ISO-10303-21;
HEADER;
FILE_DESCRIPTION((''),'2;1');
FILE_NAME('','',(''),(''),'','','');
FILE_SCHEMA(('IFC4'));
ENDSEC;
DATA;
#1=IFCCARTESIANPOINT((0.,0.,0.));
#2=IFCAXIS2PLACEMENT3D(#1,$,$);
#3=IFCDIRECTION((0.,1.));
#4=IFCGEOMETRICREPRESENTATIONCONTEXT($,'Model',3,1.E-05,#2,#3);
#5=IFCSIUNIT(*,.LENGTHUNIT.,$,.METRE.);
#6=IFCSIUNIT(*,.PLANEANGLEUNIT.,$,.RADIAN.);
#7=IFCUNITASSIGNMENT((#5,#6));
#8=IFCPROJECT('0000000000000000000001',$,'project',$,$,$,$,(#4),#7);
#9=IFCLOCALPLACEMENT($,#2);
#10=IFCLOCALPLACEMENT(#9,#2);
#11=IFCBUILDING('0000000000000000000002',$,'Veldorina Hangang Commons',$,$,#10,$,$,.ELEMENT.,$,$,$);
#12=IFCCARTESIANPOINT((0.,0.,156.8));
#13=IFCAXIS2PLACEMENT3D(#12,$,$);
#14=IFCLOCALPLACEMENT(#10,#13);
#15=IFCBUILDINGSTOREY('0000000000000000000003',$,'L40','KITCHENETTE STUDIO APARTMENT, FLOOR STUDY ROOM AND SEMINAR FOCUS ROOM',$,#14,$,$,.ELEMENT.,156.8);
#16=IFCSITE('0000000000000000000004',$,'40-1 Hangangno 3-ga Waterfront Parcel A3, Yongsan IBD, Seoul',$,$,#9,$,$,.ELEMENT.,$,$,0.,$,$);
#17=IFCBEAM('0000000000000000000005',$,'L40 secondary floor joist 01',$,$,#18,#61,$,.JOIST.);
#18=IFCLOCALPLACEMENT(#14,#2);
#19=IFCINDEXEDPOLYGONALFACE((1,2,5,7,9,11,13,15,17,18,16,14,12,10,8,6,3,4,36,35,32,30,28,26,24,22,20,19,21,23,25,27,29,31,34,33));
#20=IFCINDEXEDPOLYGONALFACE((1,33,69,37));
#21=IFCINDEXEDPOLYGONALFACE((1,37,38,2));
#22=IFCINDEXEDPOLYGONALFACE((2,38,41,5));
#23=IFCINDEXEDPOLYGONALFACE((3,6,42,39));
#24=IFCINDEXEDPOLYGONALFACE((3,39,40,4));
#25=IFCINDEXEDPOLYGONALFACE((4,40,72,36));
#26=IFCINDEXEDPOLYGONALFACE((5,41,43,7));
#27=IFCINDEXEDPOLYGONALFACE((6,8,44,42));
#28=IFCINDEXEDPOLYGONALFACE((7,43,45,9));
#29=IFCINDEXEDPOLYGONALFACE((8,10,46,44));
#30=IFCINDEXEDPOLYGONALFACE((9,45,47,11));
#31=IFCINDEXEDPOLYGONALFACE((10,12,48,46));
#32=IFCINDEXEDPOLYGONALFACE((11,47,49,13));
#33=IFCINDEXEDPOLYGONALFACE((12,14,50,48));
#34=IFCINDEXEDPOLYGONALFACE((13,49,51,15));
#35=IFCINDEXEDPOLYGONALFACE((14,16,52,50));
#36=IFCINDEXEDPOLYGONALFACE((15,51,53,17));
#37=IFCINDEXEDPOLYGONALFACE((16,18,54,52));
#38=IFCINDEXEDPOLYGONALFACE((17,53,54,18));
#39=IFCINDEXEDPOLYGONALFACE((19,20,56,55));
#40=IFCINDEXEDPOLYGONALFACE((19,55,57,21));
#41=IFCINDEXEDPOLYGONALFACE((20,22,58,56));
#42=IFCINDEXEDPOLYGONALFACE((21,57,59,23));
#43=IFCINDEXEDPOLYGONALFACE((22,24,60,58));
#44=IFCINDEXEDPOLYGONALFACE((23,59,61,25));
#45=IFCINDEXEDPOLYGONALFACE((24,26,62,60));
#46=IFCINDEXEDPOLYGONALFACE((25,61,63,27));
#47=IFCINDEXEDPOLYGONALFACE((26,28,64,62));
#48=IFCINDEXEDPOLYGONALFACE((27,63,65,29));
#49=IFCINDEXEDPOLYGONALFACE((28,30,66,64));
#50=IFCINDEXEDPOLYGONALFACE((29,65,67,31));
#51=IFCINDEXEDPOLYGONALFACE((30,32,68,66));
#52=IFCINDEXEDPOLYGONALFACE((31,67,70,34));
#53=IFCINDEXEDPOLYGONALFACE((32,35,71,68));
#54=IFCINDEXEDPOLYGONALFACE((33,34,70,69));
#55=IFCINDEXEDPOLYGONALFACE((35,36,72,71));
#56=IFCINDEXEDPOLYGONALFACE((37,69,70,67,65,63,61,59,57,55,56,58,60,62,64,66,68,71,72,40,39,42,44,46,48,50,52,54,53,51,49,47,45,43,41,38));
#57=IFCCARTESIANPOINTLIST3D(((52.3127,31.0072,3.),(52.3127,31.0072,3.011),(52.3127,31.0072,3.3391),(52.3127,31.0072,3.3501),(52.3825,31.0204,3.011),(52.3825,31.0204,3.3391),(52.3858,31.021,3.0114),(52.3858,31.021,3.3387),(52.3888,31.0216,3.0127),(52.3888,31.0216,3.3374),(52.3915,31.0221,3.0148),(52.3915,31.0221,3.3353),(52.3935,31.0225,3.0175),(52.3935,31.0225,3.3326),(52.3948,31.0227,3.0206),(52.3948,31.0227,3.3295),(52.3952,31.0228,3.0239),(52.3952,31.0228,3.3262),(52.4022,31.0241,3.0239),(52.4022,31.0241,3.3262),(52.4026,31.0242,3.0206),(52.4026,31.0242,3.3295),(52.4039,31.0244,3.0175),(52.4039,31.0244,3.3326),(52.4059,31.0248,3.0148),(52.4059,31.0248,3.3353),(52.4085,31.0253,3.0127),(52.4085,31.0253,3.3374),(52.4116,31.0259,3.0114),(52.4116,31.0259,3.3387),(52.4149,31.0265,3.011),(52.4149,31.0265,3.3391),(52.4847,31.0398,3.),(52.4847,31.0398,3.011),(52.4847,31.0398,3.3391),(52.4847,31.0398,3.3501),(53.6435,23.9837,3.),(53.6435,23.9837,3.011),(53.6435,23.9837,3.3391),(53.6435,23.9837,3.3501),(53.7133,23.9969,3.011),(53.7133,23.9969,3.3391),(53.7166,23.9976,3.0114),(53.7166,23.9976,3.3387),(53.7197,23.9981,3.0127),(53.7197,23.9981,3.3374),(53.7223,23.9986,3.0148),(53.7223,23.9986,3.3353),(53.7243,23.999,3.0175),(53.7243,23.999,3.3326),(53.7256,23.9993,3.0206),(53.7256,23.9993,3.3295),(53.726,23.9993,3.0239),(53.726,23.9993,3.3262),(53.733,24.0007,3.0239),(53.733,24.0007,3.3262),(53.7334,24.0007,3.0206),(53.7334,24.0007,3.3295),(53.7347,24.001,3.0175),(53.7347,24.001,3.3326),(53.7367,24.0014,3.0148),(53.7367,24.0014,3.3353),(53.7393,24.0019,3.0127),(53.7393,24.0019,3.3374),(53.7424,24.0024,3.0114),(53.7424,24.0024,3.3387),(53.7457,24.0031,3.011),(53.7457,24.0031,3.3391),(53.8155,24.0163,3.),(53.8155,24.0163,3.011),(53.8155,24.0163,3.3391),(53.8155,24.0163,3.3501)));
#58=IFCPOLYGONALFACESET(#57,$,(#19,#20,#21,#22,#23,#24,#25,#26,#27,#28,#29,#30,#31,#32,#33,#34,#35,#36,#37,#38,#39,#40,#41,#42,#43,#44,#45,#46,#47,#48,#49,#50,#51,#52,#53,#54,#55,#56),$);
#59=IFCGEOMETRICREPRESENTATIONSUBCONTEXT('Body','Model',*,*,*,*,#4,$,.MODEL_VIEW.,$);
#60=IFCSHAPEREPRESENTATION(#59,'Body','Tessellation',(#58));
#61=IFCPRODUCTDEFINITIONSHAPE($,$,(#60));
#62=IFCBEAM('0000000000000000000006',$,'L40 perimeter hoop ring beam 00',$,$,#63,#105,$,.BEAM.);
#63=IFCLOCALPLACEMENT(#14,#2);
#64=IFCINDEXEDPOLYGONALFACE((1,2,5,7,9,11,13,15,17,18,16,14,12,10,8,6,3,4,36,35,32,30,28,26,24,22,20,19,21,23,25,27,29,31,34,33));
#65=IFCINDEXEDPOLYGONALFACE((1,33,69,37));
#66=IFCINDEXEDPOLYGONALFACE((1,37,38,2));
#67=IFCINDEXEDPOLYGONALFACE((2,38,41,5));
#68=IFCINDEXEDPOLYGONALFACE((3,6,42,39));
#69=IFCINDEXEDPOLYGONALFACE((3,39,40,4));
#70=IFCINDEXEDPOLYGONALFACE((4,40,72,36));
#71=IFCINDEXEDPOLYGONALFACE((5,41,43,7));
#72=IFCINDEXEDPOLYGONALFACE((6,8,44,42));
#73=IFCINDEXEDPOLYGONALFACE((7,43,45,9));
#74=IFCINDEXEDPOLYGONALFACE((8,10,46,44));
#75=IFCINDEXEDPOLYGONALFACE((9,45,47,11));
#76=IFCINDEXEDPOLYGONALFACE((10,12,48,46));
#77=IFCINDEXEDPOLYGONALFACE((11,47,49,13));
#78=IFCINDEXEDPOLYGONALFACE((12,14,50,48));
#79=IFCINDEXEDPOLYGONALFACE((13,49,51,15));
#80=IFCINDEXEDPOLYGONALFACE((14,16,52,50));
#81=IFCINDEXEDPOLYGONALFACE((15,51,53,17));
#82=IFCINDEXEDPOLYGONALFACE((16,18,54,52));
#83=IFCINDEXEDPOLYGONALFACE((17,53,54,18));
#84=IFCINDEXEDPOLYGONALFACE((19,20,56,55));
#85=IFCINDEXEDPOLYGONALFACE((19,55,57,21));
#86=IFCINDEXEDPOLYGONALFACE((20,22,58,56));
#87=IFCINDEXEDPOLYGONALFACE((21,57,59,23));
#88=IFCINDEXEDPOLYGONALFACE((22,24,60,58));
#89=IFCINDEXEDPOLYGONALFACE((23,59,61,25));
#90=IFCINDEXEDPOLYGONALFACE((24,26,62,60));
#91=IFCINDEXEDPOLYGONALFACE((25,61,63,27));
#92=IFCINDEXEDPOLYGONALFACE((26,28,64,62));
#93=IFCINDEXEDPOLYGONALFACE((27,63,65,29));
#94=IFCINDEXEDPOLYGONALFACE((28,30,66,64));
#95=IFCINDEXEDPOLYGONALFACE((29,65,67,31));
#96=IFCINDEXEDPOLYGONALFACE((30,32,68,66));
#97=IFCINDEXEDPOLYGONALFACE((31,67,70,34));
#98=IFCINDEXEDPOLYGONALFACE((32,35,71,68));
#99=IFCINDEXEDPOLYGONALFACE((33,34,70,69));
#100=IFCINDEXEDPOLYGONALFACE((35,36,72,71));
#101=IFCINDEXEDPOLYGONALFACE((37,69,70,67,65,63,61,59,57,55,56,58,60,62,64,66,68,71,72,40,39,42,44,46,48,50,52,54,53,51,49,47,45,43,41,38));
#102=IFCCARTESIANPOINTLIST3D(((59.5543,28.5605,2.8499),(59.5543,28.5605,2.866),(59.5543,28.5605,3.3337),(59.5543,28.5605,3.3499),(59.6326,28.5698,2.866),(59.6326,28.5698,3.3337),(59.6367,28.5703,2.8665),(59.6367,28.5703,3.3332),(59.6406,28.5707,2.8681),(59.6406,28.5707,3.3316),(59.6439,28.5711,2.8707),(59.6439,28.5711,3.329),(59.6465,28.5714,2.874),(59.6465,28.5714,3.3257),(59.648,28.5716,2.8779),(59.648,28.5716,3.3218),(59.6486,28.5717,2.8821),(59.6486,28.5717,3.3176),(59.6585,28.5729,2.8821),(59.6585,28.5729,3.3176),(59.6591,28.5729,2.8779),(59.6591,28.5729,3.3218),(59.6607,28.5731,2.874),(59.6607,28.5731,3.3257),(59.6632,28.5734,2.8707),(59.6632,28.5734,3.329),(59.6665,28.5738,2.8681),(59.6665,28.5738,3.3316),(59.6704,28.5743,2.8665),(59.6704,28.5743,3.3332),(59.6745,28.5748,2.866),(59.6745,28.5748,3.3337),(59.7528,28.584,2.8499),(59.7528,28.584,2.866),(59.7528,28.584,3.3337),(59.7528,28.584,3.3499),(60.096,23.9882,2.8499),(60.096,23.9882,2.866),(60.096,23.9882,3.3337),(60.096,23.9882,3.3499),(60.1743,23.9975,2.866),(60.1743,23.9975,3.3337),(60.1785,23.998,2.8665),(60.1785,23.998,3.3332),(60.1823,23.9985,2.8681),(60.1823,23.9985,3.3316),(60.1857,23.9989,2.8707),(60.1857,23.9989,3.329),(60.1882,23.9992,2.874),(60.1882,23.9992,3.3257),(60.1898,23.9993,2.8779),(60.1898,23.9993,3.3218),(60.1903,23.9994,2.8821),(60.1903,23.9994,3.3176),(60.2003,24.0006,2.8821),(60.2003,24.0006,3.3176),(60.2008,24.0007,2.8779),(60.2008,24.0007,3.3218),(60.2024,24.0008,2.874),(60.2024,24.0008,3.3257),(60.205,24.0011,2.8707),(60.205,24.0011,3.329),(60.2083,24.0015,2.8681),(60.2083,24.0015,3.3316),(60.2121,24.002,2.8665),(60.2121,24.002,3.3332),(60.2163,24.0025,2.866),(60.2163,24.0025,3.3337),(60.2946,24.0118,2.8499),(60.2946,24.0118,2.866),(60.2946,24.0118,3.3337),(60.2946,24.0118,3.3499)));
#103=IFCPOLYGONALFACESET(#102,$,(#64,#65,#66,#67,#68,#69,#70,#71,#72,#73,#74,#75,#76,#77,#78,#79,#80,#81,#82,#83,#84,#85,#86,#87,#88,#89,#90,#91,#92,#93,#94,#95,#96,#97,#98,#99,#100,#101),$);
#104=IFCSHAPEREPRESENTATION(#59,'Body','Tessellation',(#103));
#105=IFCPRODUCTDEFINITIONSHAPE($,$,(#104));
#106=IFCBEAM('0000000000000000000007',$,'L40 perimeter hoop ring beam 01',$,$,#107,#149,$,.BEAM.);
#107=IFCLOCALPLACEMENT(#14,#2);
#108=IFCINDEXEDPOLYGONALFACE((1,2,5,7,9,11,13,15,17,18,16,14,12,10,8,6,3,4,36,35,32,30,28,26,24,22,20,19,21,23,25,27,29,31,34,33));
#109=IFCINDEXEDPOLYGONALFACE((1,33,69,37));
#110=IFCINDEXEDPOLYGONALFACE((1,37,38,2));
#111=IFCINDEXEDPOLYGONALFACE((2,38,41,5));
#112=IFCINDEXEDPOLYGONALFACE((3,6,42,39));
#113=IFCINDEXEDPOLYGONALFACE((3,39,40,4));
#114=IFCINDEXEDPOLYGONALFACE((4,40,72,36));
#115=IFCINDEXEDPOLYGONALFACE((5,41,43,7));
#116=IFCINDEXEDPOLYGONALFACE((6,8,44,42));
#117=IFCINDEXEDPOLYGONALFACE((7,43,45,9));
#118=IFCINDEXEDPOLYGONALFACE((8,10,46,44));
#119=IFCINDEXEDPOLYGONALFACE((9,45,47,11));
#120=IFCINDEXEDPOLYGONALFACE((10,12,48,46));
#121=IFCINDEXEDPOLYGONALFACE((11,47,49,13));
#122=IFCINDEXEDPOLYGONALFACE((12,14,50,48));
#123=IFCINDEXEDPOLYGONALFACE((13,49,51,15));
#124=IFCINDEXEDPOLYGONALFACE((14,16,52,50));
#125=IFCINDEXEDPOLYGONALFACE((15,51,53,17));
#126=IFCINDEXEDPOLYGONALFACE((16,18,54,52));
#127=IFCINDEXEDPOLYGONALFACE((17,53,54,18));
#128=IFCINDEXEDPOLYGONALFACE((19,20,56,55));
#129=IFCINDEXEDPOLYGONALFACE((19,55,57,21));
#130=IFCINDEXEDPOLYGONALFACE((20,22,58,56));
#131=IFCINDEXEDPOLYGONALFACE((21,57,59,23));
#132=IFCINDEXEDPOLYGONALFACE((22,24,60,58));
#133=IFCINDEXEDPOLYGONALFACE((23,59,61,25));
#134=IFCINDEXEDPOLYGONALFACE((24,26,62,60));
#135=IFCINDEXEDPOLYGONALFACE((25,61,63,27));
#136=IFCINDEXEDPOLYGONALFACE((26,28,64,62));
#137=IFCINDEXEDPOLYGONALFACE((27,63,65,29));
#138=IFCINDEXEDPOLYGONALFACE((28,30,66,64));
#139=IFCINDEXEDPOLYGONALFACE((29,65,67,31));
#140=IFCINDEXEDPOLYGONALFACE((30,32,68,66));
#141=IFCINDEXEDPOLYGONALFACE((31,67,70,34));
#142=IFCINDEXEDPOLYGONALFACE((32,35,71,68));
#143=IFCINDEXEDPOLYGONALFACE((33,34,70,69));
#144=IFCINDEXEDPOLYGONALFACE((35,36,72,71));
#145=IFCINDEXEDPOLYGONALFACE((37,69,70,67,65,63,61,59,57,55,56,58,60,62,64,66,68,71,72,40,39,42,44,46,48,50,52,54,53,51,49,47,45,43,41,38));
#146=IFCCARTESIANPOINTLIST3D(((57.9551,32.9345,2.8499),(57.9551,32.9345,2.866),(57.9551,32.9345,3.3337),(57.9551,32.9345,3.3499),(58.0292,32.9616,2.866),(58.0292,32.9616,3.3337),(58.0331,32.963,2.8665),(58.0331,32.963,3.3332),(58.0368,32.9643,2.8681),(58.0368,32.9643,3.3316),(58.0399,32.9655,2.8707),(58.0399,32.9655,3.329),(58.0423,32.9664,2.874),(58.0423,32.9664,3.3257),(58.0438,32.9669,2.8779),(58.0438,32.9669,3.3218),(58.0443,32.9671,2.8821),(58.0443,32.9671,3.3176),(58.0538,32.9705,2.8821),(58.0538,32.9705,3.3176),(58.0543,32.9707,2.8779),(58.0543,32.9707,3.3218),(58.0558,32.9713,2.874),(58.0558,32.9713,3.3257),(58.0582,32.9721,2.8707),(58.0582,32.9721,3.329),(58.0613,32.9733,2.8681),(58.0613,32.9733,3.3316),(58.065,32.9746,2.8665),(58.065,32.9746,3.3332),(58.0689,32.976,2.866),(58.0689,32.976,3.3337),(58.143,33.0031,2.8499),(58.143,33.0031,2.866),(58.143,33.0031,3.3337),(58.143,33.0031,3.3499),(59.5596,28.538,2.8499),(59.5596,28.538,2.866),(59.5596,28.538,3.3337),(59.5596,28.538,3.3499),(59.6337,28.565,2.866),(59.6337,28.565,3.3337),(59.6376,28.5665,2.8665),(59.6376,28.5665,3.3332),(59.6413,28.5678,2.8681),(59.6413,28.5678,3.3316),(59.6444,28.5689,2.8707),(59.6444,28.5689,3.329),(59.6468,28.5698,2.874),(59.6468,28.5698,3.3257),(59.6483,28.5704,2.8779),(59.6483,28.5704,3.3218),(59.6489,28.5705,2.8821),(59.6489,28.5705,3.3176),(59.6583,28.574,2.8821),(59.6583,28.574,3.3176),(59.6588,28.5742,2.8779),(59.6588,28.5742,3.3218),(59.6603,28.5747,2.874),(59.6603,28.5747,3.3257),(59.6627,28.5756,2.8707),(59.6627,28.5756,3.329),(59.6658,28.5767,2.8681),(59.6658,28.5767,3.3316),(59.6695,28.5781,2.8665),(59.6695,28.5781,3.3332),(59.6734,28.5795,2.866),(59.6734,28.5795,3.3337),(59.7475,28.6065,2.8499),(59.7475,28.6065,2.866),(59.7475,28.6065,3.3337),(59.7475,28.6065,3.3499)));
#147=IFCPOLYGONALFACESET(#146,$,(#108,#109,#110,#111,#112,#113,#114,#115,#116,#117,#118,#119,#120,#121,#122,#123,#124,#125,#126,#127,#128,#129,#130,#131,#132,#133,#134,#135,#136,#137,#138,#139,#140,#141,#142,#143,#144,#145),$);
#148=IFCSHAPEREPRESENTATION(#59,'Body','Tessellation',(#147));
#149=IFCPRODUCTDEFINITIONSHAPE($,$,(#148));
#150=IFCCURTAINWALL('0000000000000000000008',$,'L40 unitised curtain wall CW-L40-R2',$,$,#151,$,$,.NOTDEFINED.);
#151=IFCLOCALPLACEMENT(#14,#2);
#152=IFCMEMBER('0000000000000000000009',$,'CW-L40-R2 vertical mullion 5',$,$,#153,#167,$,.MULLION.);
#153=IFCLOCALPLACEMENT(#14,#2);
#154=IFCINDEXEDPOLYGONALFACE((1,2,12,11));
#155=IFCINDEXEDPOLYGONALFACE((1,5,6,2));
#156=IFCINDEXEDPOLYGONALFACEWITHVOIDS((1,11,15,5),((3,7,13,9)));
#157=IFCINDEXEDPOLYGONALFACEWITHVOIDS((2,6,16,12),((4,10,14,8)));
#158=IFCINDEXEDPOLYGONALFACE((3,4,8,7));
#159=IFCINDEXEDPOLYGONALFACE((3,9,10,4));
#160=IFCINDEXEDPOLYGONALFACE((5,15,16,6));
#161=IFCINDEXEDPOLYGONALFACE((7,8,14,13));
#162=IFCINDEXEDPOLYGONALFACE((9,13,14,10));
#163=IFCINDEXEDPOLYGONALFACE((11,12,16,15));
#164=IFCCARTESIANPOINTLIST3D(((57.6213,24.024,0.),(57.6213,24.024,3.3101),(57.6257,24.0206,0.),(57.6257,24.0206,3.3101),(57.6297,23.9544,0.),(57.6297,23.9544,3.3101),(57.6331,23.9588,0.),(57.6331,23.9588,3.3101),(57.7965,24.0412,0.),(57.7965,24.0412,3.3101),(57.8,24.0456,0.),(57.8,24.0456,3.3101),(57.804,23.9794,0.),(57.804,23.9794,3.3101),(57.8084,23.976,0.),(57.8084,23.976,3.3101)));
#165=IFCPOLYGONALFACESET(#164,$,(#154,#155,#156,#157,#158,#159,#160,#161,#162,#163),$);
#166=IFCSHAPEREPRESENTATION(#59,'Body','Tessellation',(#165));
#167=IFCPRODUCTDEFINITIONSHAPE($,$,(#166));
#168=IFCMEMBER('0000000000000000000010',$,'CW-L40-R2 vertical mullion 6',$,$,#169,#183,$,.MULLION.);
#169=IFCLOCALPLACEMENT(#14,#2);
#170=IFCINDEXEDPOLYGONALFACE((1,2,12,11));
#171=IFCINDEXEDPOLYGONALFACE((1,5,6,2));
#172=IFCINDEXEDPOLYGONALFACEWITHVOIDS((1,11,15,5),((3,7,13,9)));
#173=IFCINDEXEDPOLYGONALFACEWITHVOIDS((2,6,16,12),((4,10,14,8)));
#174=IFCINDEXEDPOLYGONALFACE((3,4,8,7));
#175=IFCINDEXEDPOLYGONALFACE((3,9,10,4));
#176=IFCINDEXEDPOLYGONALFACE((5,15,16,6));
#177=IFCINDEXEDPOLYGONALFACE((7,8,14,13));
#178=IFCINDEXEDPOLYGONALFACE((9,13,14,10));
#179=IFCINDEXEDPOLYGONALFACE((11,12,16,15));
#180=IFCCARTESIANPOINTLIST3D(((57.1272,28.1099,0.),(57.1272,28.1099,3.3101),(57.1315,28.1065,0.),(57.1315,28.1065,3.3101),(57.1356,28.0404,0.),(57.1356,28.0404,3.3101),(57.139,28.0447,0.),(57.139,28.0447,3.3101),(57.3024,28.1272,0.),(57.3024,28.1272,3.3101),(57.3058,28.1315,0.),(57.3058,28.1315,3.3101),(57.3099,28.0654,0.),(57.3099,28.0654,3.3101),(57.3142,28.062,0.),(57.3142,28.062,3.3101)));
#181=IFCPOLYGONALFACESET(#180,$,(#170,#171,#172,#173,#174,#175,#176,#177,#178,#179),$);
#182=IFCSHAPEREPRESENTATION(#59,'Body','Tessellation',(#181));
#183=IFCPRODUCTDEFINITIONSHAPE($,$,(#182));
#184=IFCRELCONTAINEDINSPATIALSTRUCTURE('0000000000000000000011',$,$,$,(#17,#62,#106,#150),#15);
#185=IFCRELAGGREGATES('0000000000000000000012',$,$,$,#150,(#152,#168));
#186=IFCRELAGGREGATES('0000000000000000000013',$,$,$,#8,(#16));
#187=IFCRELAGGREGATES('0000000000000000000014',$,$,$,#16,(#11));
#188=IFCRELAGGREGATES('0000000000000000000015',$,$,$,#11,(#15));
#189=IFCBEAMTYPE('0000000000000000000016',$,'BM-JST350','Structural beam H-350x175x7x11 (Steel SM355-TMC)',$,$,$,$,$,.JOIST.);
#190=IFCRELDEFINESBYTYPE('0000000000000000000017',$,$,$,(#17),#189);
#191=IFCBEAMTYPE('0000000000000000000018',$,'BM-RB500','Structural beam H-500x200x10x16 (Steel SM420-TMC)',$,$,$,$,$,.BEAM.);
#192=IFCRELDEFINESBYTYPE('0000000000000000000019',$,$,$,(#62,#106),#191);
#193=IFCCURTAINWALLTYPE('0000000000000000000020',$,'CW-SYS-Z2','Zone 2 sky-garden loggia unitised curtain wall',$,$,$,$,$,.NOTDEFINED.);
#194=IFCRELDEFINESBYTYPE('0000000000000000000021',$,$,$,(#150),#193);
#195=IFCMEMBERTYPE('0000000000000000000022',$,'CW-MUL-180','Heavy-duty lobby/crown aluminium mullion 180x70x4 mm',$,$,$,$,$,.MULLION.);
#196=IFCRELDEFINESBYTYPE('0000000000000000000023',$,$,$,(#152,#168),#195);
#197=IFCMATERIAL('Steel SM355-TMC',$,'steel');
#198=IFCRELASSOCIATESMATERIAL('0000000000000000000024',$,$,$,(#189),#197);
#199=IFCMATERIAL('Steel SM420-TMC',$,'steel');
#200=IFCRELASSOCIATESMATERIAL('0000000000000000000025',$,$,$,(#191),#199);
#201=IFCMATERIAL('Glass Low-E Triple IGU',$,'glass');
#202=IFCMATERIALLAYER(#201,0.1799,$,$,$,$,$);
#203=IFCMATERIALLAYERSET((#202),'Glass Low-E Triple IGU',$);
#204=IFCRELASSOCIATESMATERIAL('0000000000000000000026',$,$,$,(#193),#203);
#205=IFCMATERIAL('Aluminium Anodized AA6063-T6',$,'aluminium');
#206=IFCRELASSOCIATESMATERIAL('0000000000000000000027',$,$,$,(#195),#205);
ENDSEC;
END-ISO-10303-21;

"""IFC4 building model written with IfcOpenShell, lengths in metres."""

from ifc_helpers import new_model, si_unit, direction, frame, origin, origin_2d, place, context, subcontext, project, spatial, hollow_rectangle, i_section, extrude, material, layer, layer_set, material_profile, profile_set, type_object, element, aggregate, save


model = new_model("IFC4")

# Units and contexts
model_context = context("Model", 3, precision=1e-05, world=origin(), true_north=direction((0.0, 1.0)))
body_context = subcontext(model_context, "Body", "Model", "MODEL_VIEW")
ifc_project = project(units=[si_unit("LENGTHUNIT", "METRE"), si_unit("PLANEANGLEUNIT", "RADIAN")], contexts=[model_context])

# Site, building, storey
site_placement = place(None, origin())
site = spatial("IfcSite", under=ifc_project, at=site_placement, Name="40-1 Hangangno 3-ga Waterfront Parcel A3, Yongsan IBD, Seoul", CompositionType="ELEMENT", RefElevation=0.0)
building_placement = place(site_placement, origin())
building = spatial("IfcBuilding", under=site, at=building_placement, Name="Veldorina Hangang Commons", CompositionType="ELEMENT")
storey_placement = place(building_placement, frame((0.0, 0.0, 156.8)))
storey = spatial("IfcBuildingStorey", under=building, at=storey_placement, Name="L40", Description="KITCHENETTE STUDIO APARTMENT, FLOOR STUDY ROOM AND SEMINAR FOCUS ROOM", CompositionType="ELEMENT", Elevation=156.8)

# Beams
ifc_material_1 = material(Name="Steel SM355-TMC", Category="steel")
ifc_material_profile_1 = material_profile(ifc_material_1, i_section(OverallWidth=0.175, OverallDepth=0.3501, WebThickness=0.0071, FlangeThickness=0.011, FilletRadius=0.0129, at=origin_2d()), Name="H-350x175x7x11")
ifc_profile_set_1 = profile_set([ifc_material_profile_1], Name="Steel SM355-TMC")
beam_type_1 = type_object("IfcBeamType", Name="BM-JST350", Description="Structural beam H-350x175x7x11 (Steel SM355-TMC)", PredefinedType="JOIST", material=ifc_profile_set_1)
beam_1_placement = place(storey_placement, frame((53.7295, 24.0, 3.175), z_axis=(-0.186169, 0.982518, 0.0), x_axis=(-0.982518, -0.186169, 0.0)))
element("IfcBeam", 1, at=beam_1_placement, inside=storey, type_object=beam_type_1, Name="L40 secondary floor joist 01", PredefinedType="JOIST", context=body_context, shape_type="SweptSolid", body=[
    extrude(i_section(OverallWidth=0.175, OverallDepth=0.3501, WebThickness=0.0071, FlangeThickness=0.011, FilletRadius=0.0129, at=origin_2d()), origin(), (0.0, 0.0, 1.0), 7.1484),
])
ifc_material_2 = material(Name="Steel SM420-TMC", Category="steel")
ifc_material_profile_2 = material_profile(ifc_material_2, i_section(OverallWidth=0.2, OverallDepth=0.5, WebThickness=0.01, FlangeThickness=0.0161, FilletRadius=0.0161, at=origin_2d()), Name="H-500x200x10x16")
ifc_profile_set_2 = profile_set([ifc_material_profile_2], Name="Steel SM420-TMC")
beam_type_2 = type_object("IfcBeamType", Name="BM-RB500", Description="Structural beam H-500x200x10x16 (Steel SM420-TMC)", PredefinedType="BEAM", material=ifc_profile_set_2)
beam_2_placement = place(storey_placement, frame((60.1953, 24.0, 3.0999), z_axis=(-0.117663, 0.993054, 0.0), x_axis=(-0.993054, -0.117663, 0.0)))
element("IfcBeam", 2, at=beam_2_placement, inside=storey, type_object=beam_type_2, Name="L40 perimeter hoop ring beam 00", PredefinedType="BEAM", context=body_context, shape_type="SweptSolid", body=[
    extrude(i_section(OverallWidth=0.2, OverallDepth=0.5, WebThickness=0.01, FlangeThickness=0.0161, FilletRadius=0.0161, at=origin_2d()), origin(), (0.0, 0.0, 1.0), 4.6042),
])
beam_3_placement = place(storey_placement, frame((59.6536, 28.5723, 3.0999), z_axis=(-0.342832, 0.939397, 0.0), x_axis=(-0.939397, -0.342832, 0.0)))
element("IfcBeam", 3, at=beam_3_placement, inside=storey, type_object=beam_type_2, Name="L40 perimeter hoop ring beam 01", PredefinedType="BEAM", context=body_context, shape_type="SweptSolid", body=[
    extrude(i_section(OverallWidth=0.2, OverallDepth=0.5, WebThickness=0.01, FlangeThickness=0.0161, FilletRadius=0.0161, at=origin_2d()), origin(), (0.0, 0.0, 1.0), 4.6802),
])

# Curtain wall, members
ifc_material_3 = material(Name="Glass Low-E Triple IGU", Category="glass")
ifc_layer_1 = layer(ifc_material_3, 0.1799)
ifc_layer_set_1 = layer_set([ifc_layer_1], Name="Glass Low-E Triple IGU")
curtain_wall_type = type_object("IfcCurtainWallType", Name="CW-SYS-Z2", Description="Zone 2 sky-garden loggia unitised curtain wall", PredefinedType="NOTDEFINED", material=ifc_layer_set_1)
curtain_wall_placement = place(storey_placement, origin())
curtain_wall = element("IfcCurtainWall", 4, at=curtain_wall_placement, inside=storey, type_object=curtain_wall_type, Name="L40 unitised curtain wall CW-L40-R2", PredefinedType="NOTDEFINED")
ifc_material_4 = material(Name="Aluminium Anodized AA6063-T6", Category="aluminium")
ifc_material_profile_3 = material_profile(ifc_material_4, hollow_rectangle(XDim=0.0701, YDim=0.1799, WallThickness=0.0039, at=origin_2d()), Name="ALU-RHS-180x70x4")
ifc_profile_set_3 = profile_set([ifc_material_profile_3], Name="Aluminium Anodized AA6063-T6")
member_type_1 = type_object("IfcMemberType", Name="CW-MUL-180", Description="Heavy-duty lobby/crown aluminium mullion 180x70x4 mm", PredefinedType="MULLION", material=ifc_profile_set_3)
member_1_placement = place(storey_placement, frame((57.7148, 24.0, 0.0), z_axis=(0.0, 0.0, 1.0), x_axis=(-0.12005, 0.992768, 0.0)))
member_1 = element("IfcMember", 5, at=member_1_placement, type_object=member_type_1, Name="CW-L40-R2 vertical mullion 5", PredefinedType="MULLION", context=body_context, shape_type="SweptSolid", body=[
    extrude(hollow_rectangle(XDim=0.0701, YDim=0.1799, WallThickness=0.0039, at=origin_2d()), origin(), (0.0, 0.0, 1.0), 3.3101),
])
member_2_placement = place(storey_placement, frame((57.2207, 28.0859, 0.0), z_axis=(0.0, 0.0, 1.0), x_axis=(0.12005, -0.992768, 0.0)))
member_2 = element("IfcMember", 6, at=member_2_placement, type_object=member_type_1, Name="CW-L40-R2 vertical mullion 6", PredefinedType="MULLION", context=body_context, shape_type="SweptSolid", body=[
    extrude(hollow_rectangle(XDim=0.0701, YDim=0.1799, WallThickness=0.0039, at=origin_2d()), origin(), (0.0, 0.0, 1.0), 3.3101),
])

aggregate(curtain_wall, [member_1, member_2])

save(model, "model.ifc")
